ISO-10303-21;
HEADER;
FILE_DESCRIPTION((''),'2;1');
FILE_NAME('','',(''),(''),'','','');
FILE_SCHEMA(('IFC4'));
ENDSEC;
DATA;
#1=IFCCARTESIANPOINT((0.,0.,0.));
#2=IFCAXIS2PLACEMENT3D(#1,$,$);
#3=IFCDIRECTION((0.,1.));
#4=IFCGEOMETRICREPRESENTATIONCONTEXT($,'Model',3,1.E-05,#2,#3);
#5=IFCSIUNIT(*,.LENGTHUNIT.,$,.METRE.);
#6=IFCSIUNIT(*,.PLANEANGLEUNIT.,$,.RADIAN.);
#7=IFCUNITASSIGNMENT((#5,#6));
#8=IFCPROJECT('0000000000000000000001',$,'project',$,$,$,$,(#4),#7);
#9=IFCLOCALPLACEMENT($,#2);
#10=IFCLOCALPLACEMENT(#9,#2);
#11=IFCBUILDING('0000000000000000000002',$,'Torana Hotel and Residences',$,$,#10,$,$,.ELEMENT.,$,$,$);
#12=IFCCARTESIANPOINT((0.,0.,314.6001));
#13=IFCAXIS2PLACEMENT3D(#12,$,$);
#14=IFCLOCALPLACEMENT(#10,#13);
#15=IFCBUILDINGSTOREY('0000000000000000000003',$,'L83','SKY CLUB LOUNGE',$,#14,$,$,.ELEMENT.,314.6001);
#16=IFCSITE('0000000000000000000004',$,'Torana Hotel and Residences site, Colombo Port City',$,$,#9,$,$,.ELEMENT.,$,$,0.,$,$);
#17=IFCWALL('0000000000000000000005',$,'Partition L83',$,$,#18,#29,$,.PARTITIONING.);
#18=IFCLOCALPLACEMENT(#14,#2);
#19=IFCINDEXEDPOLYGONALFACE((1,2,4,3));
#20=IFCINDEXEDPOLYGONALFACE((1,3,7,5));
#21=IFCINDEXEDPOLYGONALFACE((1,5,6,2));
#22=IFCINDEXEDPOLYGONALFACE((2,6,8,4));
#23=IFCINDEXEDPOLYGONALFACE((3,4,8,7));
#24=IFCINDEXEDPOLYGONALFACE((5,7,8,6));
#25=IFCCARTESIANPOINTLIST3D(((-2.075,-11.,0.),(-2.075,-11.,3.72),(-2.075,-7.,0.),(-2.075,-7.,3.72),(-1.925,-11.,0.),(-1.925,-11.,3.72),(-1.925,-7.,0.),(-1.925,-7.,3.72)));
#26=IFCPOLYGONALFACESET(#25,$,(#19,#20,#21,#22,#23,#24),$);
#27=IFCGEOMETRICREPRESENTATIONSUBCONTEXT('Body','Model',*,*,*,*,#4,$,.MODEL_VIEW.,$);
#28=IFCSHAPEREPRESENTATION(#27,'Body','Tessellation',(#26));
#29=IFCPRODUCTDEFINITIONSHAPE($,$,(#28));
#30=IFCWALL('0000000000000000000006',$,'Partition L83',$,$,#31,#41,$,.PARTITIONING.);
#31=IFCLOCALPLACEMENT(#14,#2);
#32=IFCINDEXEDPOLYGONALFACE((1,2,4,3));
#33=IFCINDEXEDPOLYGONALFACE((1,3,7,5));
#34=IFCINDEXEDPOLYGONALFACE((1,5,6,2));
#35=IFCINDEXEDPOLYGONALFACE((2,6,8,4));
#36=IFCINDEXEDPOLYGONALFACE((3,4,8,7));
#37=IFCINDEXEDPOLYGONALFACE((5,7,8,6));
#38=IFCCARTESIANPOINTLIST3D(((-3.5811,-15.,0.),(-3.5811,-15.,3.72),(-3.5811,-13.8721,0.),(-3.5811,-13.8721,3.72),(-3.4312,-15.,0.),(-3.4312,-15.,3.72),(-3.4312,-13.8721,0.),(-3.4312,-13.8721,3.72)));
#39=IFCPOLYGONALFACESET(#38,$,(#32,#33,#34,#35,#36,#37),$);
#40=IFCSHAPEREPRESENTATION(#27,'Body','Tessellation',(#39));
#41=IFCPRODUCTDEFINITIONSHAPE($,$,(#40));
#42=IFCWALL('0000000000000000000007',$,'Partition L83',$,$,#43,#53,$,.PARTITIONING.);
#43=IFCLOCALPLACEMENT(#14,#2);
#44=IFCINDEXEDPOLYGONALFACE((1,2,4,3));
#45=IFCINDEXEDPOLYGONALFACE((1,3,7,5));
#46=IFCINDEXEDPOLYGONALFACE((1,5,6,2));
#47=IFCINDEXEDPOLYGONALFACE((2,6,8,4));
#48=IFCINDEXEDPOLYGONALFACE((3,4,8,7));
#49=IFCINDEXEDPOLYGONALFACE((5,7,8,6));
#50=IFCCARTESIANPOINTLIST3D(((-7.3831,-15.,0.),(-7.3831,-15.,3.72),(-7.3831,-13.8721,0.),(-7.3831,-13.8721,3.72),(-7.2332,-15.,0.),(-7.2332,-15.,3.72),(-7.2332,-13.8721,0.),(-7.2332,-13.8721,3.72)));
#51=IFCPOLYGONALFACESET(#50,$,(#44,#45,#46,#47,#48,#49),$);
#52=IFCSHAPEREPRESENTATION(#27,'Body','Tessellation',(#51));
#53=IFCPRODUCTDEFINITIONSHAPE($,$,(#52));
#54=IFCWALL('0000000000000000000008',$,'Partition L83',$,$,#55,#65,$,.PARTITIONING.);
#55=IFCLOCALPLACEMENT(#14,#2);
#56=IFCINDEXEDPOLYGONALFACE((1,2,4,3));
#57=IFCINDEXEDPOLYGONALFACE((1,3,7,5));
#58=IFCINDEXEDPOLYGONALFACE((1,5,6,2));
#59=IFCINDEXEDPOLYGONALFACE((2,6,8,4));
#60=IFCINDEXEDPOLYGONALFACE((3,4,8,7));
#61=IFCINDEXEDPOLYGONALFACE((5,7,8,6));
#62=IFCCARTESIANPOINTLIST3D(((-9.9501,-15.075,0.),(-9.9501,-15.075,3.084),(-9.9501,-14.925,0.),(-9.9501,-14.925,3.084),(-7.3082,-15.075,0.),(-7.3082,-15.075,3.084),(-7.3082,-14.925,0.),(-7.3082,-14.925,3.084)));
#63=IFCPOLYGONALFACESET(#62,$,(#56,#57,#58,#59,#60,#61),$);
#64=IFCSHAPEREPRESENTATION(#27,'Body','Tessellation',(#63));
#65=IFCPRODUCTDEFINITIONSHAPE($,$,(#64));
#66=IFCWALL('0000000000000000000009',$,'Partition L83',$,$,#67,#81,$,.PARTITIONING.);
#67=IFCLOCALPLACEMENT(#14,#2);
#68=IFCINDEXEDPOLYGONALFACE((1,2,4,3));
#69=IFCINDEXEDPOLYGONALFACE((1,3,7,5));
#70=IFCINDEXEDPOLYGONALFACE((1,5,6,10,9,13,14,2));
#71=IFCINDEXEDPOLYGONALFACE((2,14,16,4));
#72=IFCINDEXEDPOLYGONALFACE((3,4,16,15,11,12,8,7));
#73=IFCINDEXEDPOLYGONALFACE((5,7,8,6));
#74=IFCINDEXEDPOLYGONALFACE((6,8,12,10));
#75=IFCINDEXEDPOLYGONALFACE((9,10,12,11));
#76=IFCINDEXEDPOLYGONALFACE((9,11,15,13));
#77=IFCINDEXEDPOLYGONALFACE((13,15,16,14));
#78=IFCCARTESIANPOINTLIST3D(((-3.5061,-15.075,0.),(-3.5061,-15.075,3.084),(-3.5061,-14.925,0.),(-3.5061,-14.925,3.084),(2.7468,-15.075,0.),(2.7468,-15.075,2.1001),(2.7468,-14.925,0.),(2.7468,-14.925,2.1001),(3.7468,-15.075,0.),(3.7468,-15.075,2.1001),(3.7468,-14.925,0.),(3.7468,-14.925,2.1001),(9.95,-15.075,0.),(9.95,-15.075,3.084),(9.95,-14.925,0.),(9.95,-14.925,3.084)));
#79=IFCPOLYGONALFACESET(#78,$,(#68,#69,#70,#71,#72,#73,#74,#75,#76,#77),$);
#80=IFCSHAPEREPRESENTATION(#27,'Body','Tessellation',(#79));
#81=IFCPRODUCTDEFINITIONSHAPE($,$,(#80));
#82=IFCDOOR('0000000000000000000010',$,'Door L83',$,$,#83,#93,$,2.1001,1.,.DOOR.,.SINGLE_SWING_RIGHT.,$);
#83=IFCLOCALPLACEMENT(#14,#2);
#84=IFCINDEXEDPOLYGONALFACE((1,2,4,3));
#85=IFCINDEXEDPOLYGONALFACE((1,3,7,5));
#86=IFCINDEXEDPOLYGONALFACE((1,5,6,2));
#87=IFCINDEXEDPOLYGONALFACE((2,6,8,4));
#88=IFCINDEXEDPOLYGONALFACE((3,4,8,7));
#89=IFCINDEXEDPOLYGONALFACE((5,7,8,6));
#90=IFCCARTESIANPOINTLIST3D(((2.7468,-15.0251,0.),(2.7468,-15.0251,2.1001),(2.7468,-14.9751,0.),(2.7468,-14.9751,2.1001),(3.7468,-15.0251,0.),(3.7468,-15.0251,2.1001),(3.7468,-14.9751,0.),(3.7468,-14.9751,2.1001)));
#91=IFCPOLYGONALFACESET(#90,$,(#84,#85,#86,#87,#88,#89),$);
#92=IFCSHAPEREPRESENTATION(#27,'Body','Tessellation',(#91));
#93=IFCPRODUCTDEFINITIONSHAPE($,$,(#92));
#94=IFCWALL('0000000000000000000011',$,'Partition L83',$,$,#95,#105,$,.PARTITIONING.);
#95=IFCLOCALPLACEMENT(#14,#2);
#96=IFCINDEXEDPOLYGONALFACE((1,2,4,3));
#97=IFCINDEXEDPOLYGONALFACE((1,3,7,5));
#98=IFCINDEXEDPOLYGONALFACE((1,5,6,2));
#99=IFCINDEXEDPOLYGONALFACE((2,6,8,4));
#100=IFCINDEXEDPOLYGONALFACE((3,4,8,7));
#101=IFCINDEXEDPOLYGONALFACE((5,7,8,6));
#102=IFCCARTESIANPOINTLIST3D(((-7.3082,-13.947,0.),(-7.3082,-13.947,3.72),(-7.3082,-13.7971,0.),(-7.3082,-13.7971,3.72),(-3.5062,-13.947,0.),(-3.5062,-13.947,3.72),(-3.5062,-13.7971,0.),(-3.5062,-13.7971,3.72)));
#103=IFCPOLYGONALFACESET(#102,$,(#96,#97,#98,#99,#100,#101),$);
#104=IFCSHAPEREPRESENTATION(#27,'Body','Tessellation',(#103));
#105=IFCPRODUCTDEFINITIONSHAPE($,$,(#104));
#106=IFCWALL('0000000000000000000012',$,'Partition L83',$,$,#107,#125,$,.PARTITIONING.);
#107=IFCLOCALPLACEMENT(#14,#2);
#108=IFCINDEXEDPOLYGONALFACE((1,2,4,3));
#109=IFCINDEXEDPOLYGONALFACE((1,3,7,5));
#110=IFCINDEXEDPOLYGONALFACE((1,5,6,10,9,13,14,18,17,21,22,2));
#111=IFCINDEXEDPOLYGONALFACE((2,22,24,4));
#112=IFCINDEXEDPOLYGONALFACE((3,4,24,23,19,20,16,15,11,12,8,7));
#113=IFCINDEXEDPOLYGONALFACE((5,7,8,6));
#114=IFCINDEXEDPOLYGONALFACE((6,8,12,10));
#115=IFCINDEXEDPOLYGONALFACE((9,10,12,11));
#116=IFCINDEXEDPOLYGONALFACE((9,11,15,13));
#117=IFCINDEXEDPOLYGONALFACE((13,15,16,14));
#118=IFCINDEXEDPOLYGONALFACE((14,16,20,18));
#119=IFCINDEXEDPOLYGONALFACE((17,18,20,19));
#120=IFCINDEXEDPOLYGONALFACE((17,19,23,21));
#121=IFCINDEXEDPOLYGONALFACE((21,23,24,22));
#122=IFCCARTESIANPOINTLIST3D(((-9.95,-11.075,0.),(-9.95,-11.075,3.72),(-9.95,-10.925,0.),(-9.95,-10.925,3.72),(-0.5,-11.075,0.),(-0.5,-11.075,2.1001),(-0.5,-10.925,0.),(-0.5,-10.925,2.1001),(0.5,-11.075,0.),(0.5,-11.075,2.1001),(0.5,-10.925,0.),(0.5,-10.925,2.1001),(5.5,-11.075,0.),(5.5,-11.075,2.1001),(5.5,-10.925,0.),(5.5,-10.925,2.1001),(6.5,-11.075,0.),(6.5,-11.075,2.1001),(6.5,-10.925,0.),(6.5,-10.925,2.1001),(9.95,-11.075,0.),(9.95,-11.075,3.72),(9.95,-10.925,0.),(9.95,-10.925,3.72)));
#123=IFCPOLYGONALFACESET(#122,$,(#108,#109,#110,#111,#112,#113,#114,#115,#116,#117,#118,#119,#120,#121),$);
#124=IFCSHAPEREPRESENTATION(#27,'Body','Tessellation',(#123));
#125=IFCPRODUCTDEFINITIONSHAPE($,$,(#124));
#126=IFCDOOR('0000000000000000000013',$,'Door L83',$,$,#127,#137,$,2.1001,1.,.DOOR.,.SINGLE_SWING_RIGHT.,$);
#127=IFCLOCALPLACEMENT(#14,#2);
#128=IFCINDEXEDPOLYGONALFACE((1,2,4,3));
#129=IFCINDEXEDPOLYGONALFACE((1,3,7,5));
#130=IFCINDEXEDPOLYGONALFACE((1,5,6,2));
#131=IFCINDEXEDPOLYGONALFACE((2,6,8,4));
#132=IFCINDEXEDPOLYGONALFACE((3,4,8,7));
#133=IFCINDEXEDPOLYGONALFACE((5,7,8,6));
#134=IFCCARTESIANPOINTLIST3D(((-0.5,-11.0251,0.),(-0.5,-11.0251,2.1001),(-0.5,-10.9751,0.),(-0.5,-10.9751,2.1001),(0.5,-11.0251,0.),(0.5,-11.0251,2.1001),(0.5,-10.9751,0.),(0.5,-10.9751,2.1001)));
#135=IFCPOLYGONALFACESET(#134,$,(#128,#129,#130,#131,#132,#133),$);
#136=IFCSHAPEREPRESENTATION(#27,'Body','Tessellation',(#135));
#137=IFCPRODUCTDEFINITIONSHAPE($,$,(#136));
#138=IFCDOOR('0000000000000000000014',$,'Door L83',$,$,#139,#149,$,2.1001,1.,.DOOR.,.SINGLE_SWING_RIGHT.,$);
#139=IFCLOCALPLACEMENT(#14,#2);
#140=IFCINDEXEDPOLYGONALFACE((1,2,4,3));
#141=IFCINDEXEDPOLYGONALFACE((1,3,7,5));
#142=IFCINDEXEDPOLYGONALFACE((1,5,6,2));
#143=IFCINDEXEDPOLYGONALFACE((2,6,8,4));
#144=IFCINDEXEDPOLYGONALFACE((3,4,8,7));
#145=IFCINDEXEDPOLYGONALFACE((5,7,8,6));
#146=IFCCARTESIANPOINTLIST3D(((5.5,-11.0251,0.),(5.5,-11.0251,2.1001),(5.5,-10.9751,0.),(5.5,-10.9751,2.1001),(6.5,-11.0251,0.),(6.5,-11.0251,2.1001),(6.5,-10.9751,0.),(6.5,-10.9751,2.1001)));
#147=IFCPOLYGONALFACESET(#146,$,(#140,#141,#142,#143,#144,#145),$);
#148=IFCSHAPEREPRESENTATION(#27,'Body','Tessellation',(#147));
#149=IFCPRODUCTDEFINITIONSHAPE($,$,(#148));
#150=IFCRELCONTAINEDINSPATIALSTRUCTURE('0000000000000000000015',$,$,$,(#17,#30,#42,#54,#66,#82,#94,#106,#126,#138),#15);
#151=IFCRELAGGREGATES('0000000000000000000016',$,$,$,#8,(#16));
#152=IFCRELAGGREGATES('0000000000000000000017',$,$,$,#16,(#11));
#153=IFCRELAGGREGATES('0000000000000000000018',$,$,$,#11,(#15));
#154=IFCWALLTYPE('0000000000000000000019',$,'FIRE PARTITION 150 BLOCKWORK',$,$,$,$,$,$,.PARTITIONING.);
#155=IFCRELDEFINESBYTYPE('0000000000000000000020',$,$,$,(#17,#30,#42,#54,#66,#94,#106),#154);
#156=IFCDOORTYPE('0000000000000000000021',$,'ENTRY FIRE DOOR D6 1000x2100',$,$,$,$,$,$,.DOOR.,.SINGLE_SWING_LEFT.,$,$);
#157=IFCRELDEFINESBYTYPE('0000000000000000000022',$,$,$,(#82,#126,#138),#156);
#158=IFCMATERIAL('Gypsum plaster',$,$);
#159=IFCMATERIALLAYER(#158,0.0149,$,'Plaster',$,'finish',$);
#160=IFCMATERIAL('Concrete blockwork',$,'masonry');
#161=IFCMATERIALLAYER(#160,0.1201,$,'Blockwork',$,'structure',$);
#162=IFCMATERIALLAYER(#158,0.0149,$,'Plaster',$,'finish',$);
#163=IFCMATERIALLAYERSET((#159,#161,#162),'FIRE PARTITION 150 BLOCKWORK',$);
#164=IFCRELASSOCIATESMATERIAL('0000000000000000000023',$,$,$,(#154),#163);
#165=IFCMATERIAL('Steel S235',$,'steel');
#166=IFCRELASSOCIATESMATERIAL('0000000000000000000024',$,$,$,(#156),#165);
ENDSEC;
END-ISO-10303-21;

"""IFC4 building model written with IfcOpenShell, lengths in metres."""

from ifc_helpers import new_model, si_unit, direction, frame, frame_2d, origin, place, context, subcontext, project, spatial, rectangle, extrude, material, layer, layer_set, type_object, element, fill, save


model = new_model("IFC4")

# Units and contexts
model_context = context("Model", 3, precision=1e-05, world=origin(), true_north=direction((0.0, 1.0)))
body_context = subcontext(model_context, "Body", "Model", "MODEL_VIEW")
ifc_project = project(units=[si_unit("LENGTHUNIT", "METRE"), si_unit("PLANEANGLEUNIT", "RADIAN")], contexts=[model_context])

# Site, building, storey
site_placement = place(None, origin())
site = spatial("IfcSite", under=ifc_project, at=site_placement, Name="Torana Hotel and Residences site, Colombo Port City", CompositionType="ELEMENT", RefElevation=0.0)
building_placement = place(site_placement, origin())
building = spatial("IfcBuilding", under=site, at=building_placement, Name="Torana Hotel and Residences", CompositionType="ELEMENT")
storey_placement = place(building_placement, frame((0.0, 0.0, 314.6001)))
storey = spatial("IfcBuildingStorey", under=building, at=storey_placement, Name="L83", Description="SKY CLUB LOUNGE", CompositionType="ELEMENT", Elevation=314.6001)

# Walls
ifc_material_1 = material(Name="Gypsum plaster")
ifc_layer_1 = layer(ifc_material_1, 0.0149, Name="Plaster", Category="finish")
ifc_material_2 = material(Name="Concrete blockwork", Category="masonry")
ifc_layer_2 = layer(ifc_material_2, 0.1201, Name="Blockwork", Category="structure")
ifc_layer_3 = layer(ifc_material_1, 0.0149, Name="Plaster", Category="finish")
ifc_layer_set_1 = layer_set([ifc_layer_1, ifc_layer_2, ifc_layer_3], Name="FIRE PARTITION 150 BLOCKWORK")
wall_type_1 = type_object("IfcWallType", Name="FIRE PARTITION 150 BLOCKWORK", PredefinedType="PARTITIONING", material=ifc_layer_set_1)
wall_1_placement = place(storey_placement, frame((-2.0, -11.0, 0.0), z_axis=(0.0, 0.0, 1.0), x_axis=(0.0, 1.0, 0.0)))
element("IfcWall", 1, at=wall_1_placement, inside=storey, type_object=wall_type_1, Name="Partition L83", PredefinedType="PARTITIONING", context=body_context, shape_type="SweptSolid", body=[
    extrude(rectangle(XDim=4.0, YDim=0.1499, at=frame_2d((2.0, 0.0))), origin(), (0.0, 0.0, 1.0), 3.72),
])
for number, where, z_axis, x_axis, name in (
    (2, (-3.5061, -15.0, 0.0), (0.0, 0.0, 1.0), (0.0, 1.0, 0.0), "Partition L83"),
    (3, (-7.3081, -15.0, 0.0), (0.0, 0.0, 1.0), (0.0, 1.0, 0.0), "Partition L83"),
):
    element("IfcWall", number, at=place(storey_placement, frame(where, z_axis=z_axis, x_axis=x_axis)), inside=storey, type_object=wall_type_1, Name=name, PredefinedType="PARTITIONING", context=body_context, shape_type="SweptSolid", body=[
        extrude(rectangle(XDim=1.1279, YDim=0.1499, at=frame_2d((0.564, 0.0))), origin(), (0.0, 0.0, 1.0), 3.72),
    ])
wall_2_placement = place(storey_placement, frame((-9.95, -15.0, 0.0), z_axis=(0.0, 0.0, 1.0), x_axis=(1.0, 0.0, 0.0)))
element("IfcWall", 4, at=wall_2_placement, inside=storey, type_object=wall_type_1, Name="Partition L83", PredefinedType="PARTITIONING", context=body_context, shape_type="SweptSolid", body=[
    extrude(rectangle(XDim=2.6418, YDim=0.1499, at=frame_2d((1.3208, 0.0))), origin(), (0.0, 0.0, 1.0), 3.084),
])

# Wall, opening, door
wall_3_placement = place(storey_placement, frame((-3.5061, -15.0, 0.0), z_axis=(0.0, 0.0, 1.0), x_axis=(1.0, 0.0, 0.0)))
wall_3 = element("IfcWall", 5, at=wall_3_placement, inside=storey, type_object=wall_type_1, Name="Partition L83", PredefinedType="PARTITIONING", context=body_context, shape_type="SweptSolid", body=[
    extrude(rectangle(XDim=13.4561, YDim=0.1499, at=frame_2d((6.728, 0.0))), origin(), (0.0, 0.0, 1.0), 3.084),
])
opening_1_placement = place(wall_3_placement, frame((6.2529, 0.0, 0.0)))
opening_1 = element("IfcOpeningElement", 6, at=opening_1_placement, cuts=wall_3, PredefinedType="OPENING", context=body_context, shape_type="SweptSolid", body=[
    extrude(rectangle(XDim=1.0, YDim=2.1001, at=frame_2d((0.5, 1.05))), frame((0.0, 0.085, 0.0), z_axis=(0.0, -1.0, 0.0), x_axis=(1.0, 0.0, 0.0)), (0.0, 0.0, 1.0), 0.1699),
])
ifc_material_3 = material(Name="Steel S235", Category="steel")
door_type_1 = type_object("IfcDoorType", Name="ENTRY FIRE DOOR D6 1000x2100", OperationType="SINGLE_SWING_LEFT", PredefinedType="DOOR", material=ifc_material_3)
door_1_placement = place(opening_1_placement, origin())
door_1 = element("IfcDoor", 7, at=door_1_placement, inside=storey, type_object=door_type_1, Name="Door L83", OperationType="SINGLE_SWING_RIGHT", OverallHeight=2.1001, OverallWidth=1.0, PredefinedType="DOOR", context=body_context, shape_type="SweptSolid", body=[
    extrude(rectangle(XDim=1.0, YDim=2.1001, at=frame_2d((0.5, 1.05))), frame((0.0, 0.0249, 0.0), z_axis=(0.0, -1.0, 0.0), x_axis=(1.0, 0.0, 0.0)), (0.0, 0.0, 1.0), 0.05),
])
fill(opening_1, door_1)

# Wall
wall_4_placement = place(storey_placement, frame((-7.3081, -13.8721, 0.0), z_axis=(0.0, 0.0, 1.0), x_axis=(1.0, 0.0, 0.0)))
element("IfcWall", 8, at=wall_4_placement, inside=storey, type_object=wall_type_1, Name="Partition L83", PredefinedType="PARTITIONING", context=body_context, shape_type="SweptSolid", body=[
    extrude(rectangle(XDim=3.802, YDim=0.1499, at=frame_2d((1.9009, 0.0))), origin(), (0.0, 0.0, 1.0), 3.72),
])

# Wall, openings, doors
wall_5_placement = place(storey_placement, frame((-9.95, -11.0, 0.0), z_axis=(0.0, 0.0, 1.0), x_axis=(1.0, 0.0, 0.0)))
wall_5 = element("IfcWall", 9, at=wall_5_placement, inside=storey, type_object=wall_type_1, Name="Partition L83", PredefinedType="PARTITIONING", context=body_context, shape_type="SweptSolid", body=[
    extrude(rectangle(XDim=19.8999, YDim=0.1499, at=frame_2d((9.95, 0.0))), origin(), (0.0, 0.0, 1.0), 3.72),
])
opening_2_placement = place(wall_5_placement, frame((9.45, 0.0, 0.0)))
opening_2 = element("IfcOpeningElement", 10, at=opening_2_placement, cuts=wall_5, PredefinedType="OPENING", context=body_context, shape_type="SweptSolid", body=[
    extrude(rectangle(XDim=1.0, YDim=2.1001, at=frame_2d((0.5, 1.05))), frame((0.0, 0.085, 0.0), z_axis=(0.0, -1.0, 0.0), x_axis=(1.0, 0.0, 0.0)), (0.0, 0.0, 1.0), 0.1699),
])
opening_3_placement = place(wall_5_placement, frame((15.45, 0.0, 0.0)))
opening_3 = element("IfcOpeningElement", 11, at=opening_3_placement, cuts=wall_5, PredefinedType="OPENING", context=body_context, shape_type="SweptSolid", body=[
    extrude(rectangle(XDim=1.0, YDim=2.1001, at=frame_2d((0.5, 1.05))), frame((0.0, 0.085, 0.0), z_axis=(0.0, -1.0, 0.0), x_axis=(1.0, 0.0, 0.0)), (0.0, 0.0, 1.0), 0.1699),
])
door_2_placement = place(opening_2_placement, origin())
door_2 = element("IfcDoor", 12, at=door_2_placement, inside=storey, type_object=door_type_1, Name="Door L83", OperationType="SINGLE_SWING_RIGHT", OverallHeight=2.1001, OverallWidth=1.0, PredefinedType="DOOR", context=body_context, shape_type="SweptSolid", body=[
    extrude(rectangle(XDim=1.0, YDim=2.1001, at=frame_2d((0.5, 1.05))), frame((0.0, 0.0249, 0.0), z_axis=(0.0, -1.0, 0.0), x_axis=(1.0, 0.0, 0.0)), (0.0, 0.0, 1.0), 0.05),
])
fill(opening_2, door_2)
door_3_placement = place(opening_3_placement, origin())
door_3 = element("IfcDoor", 13, at=door_3_placement, inside=storey, type_object=door_type_1, Name="Door L83", OperationType="SINGLE_SWING_RIGHT", OverallHeight=2.1001, OverallWidth=1.0, PredefinedType="DOOR", context=body_context, shape_type="SweptSolid", body=[
    extrude(rectangle(XDim=1.0, YDim=2.1001, at=frame_2d((0.5, 1.05))), frame((0.0, 0.0249, 0.0), z_axis=(0.0, -1.0, 0.0), x_axis=(1.0, 0.0, 0.0)), (0.0, 0.0, 1.0), 0.05),
])
fill(opening_3, door_3)

save(model, "model.ifc")
